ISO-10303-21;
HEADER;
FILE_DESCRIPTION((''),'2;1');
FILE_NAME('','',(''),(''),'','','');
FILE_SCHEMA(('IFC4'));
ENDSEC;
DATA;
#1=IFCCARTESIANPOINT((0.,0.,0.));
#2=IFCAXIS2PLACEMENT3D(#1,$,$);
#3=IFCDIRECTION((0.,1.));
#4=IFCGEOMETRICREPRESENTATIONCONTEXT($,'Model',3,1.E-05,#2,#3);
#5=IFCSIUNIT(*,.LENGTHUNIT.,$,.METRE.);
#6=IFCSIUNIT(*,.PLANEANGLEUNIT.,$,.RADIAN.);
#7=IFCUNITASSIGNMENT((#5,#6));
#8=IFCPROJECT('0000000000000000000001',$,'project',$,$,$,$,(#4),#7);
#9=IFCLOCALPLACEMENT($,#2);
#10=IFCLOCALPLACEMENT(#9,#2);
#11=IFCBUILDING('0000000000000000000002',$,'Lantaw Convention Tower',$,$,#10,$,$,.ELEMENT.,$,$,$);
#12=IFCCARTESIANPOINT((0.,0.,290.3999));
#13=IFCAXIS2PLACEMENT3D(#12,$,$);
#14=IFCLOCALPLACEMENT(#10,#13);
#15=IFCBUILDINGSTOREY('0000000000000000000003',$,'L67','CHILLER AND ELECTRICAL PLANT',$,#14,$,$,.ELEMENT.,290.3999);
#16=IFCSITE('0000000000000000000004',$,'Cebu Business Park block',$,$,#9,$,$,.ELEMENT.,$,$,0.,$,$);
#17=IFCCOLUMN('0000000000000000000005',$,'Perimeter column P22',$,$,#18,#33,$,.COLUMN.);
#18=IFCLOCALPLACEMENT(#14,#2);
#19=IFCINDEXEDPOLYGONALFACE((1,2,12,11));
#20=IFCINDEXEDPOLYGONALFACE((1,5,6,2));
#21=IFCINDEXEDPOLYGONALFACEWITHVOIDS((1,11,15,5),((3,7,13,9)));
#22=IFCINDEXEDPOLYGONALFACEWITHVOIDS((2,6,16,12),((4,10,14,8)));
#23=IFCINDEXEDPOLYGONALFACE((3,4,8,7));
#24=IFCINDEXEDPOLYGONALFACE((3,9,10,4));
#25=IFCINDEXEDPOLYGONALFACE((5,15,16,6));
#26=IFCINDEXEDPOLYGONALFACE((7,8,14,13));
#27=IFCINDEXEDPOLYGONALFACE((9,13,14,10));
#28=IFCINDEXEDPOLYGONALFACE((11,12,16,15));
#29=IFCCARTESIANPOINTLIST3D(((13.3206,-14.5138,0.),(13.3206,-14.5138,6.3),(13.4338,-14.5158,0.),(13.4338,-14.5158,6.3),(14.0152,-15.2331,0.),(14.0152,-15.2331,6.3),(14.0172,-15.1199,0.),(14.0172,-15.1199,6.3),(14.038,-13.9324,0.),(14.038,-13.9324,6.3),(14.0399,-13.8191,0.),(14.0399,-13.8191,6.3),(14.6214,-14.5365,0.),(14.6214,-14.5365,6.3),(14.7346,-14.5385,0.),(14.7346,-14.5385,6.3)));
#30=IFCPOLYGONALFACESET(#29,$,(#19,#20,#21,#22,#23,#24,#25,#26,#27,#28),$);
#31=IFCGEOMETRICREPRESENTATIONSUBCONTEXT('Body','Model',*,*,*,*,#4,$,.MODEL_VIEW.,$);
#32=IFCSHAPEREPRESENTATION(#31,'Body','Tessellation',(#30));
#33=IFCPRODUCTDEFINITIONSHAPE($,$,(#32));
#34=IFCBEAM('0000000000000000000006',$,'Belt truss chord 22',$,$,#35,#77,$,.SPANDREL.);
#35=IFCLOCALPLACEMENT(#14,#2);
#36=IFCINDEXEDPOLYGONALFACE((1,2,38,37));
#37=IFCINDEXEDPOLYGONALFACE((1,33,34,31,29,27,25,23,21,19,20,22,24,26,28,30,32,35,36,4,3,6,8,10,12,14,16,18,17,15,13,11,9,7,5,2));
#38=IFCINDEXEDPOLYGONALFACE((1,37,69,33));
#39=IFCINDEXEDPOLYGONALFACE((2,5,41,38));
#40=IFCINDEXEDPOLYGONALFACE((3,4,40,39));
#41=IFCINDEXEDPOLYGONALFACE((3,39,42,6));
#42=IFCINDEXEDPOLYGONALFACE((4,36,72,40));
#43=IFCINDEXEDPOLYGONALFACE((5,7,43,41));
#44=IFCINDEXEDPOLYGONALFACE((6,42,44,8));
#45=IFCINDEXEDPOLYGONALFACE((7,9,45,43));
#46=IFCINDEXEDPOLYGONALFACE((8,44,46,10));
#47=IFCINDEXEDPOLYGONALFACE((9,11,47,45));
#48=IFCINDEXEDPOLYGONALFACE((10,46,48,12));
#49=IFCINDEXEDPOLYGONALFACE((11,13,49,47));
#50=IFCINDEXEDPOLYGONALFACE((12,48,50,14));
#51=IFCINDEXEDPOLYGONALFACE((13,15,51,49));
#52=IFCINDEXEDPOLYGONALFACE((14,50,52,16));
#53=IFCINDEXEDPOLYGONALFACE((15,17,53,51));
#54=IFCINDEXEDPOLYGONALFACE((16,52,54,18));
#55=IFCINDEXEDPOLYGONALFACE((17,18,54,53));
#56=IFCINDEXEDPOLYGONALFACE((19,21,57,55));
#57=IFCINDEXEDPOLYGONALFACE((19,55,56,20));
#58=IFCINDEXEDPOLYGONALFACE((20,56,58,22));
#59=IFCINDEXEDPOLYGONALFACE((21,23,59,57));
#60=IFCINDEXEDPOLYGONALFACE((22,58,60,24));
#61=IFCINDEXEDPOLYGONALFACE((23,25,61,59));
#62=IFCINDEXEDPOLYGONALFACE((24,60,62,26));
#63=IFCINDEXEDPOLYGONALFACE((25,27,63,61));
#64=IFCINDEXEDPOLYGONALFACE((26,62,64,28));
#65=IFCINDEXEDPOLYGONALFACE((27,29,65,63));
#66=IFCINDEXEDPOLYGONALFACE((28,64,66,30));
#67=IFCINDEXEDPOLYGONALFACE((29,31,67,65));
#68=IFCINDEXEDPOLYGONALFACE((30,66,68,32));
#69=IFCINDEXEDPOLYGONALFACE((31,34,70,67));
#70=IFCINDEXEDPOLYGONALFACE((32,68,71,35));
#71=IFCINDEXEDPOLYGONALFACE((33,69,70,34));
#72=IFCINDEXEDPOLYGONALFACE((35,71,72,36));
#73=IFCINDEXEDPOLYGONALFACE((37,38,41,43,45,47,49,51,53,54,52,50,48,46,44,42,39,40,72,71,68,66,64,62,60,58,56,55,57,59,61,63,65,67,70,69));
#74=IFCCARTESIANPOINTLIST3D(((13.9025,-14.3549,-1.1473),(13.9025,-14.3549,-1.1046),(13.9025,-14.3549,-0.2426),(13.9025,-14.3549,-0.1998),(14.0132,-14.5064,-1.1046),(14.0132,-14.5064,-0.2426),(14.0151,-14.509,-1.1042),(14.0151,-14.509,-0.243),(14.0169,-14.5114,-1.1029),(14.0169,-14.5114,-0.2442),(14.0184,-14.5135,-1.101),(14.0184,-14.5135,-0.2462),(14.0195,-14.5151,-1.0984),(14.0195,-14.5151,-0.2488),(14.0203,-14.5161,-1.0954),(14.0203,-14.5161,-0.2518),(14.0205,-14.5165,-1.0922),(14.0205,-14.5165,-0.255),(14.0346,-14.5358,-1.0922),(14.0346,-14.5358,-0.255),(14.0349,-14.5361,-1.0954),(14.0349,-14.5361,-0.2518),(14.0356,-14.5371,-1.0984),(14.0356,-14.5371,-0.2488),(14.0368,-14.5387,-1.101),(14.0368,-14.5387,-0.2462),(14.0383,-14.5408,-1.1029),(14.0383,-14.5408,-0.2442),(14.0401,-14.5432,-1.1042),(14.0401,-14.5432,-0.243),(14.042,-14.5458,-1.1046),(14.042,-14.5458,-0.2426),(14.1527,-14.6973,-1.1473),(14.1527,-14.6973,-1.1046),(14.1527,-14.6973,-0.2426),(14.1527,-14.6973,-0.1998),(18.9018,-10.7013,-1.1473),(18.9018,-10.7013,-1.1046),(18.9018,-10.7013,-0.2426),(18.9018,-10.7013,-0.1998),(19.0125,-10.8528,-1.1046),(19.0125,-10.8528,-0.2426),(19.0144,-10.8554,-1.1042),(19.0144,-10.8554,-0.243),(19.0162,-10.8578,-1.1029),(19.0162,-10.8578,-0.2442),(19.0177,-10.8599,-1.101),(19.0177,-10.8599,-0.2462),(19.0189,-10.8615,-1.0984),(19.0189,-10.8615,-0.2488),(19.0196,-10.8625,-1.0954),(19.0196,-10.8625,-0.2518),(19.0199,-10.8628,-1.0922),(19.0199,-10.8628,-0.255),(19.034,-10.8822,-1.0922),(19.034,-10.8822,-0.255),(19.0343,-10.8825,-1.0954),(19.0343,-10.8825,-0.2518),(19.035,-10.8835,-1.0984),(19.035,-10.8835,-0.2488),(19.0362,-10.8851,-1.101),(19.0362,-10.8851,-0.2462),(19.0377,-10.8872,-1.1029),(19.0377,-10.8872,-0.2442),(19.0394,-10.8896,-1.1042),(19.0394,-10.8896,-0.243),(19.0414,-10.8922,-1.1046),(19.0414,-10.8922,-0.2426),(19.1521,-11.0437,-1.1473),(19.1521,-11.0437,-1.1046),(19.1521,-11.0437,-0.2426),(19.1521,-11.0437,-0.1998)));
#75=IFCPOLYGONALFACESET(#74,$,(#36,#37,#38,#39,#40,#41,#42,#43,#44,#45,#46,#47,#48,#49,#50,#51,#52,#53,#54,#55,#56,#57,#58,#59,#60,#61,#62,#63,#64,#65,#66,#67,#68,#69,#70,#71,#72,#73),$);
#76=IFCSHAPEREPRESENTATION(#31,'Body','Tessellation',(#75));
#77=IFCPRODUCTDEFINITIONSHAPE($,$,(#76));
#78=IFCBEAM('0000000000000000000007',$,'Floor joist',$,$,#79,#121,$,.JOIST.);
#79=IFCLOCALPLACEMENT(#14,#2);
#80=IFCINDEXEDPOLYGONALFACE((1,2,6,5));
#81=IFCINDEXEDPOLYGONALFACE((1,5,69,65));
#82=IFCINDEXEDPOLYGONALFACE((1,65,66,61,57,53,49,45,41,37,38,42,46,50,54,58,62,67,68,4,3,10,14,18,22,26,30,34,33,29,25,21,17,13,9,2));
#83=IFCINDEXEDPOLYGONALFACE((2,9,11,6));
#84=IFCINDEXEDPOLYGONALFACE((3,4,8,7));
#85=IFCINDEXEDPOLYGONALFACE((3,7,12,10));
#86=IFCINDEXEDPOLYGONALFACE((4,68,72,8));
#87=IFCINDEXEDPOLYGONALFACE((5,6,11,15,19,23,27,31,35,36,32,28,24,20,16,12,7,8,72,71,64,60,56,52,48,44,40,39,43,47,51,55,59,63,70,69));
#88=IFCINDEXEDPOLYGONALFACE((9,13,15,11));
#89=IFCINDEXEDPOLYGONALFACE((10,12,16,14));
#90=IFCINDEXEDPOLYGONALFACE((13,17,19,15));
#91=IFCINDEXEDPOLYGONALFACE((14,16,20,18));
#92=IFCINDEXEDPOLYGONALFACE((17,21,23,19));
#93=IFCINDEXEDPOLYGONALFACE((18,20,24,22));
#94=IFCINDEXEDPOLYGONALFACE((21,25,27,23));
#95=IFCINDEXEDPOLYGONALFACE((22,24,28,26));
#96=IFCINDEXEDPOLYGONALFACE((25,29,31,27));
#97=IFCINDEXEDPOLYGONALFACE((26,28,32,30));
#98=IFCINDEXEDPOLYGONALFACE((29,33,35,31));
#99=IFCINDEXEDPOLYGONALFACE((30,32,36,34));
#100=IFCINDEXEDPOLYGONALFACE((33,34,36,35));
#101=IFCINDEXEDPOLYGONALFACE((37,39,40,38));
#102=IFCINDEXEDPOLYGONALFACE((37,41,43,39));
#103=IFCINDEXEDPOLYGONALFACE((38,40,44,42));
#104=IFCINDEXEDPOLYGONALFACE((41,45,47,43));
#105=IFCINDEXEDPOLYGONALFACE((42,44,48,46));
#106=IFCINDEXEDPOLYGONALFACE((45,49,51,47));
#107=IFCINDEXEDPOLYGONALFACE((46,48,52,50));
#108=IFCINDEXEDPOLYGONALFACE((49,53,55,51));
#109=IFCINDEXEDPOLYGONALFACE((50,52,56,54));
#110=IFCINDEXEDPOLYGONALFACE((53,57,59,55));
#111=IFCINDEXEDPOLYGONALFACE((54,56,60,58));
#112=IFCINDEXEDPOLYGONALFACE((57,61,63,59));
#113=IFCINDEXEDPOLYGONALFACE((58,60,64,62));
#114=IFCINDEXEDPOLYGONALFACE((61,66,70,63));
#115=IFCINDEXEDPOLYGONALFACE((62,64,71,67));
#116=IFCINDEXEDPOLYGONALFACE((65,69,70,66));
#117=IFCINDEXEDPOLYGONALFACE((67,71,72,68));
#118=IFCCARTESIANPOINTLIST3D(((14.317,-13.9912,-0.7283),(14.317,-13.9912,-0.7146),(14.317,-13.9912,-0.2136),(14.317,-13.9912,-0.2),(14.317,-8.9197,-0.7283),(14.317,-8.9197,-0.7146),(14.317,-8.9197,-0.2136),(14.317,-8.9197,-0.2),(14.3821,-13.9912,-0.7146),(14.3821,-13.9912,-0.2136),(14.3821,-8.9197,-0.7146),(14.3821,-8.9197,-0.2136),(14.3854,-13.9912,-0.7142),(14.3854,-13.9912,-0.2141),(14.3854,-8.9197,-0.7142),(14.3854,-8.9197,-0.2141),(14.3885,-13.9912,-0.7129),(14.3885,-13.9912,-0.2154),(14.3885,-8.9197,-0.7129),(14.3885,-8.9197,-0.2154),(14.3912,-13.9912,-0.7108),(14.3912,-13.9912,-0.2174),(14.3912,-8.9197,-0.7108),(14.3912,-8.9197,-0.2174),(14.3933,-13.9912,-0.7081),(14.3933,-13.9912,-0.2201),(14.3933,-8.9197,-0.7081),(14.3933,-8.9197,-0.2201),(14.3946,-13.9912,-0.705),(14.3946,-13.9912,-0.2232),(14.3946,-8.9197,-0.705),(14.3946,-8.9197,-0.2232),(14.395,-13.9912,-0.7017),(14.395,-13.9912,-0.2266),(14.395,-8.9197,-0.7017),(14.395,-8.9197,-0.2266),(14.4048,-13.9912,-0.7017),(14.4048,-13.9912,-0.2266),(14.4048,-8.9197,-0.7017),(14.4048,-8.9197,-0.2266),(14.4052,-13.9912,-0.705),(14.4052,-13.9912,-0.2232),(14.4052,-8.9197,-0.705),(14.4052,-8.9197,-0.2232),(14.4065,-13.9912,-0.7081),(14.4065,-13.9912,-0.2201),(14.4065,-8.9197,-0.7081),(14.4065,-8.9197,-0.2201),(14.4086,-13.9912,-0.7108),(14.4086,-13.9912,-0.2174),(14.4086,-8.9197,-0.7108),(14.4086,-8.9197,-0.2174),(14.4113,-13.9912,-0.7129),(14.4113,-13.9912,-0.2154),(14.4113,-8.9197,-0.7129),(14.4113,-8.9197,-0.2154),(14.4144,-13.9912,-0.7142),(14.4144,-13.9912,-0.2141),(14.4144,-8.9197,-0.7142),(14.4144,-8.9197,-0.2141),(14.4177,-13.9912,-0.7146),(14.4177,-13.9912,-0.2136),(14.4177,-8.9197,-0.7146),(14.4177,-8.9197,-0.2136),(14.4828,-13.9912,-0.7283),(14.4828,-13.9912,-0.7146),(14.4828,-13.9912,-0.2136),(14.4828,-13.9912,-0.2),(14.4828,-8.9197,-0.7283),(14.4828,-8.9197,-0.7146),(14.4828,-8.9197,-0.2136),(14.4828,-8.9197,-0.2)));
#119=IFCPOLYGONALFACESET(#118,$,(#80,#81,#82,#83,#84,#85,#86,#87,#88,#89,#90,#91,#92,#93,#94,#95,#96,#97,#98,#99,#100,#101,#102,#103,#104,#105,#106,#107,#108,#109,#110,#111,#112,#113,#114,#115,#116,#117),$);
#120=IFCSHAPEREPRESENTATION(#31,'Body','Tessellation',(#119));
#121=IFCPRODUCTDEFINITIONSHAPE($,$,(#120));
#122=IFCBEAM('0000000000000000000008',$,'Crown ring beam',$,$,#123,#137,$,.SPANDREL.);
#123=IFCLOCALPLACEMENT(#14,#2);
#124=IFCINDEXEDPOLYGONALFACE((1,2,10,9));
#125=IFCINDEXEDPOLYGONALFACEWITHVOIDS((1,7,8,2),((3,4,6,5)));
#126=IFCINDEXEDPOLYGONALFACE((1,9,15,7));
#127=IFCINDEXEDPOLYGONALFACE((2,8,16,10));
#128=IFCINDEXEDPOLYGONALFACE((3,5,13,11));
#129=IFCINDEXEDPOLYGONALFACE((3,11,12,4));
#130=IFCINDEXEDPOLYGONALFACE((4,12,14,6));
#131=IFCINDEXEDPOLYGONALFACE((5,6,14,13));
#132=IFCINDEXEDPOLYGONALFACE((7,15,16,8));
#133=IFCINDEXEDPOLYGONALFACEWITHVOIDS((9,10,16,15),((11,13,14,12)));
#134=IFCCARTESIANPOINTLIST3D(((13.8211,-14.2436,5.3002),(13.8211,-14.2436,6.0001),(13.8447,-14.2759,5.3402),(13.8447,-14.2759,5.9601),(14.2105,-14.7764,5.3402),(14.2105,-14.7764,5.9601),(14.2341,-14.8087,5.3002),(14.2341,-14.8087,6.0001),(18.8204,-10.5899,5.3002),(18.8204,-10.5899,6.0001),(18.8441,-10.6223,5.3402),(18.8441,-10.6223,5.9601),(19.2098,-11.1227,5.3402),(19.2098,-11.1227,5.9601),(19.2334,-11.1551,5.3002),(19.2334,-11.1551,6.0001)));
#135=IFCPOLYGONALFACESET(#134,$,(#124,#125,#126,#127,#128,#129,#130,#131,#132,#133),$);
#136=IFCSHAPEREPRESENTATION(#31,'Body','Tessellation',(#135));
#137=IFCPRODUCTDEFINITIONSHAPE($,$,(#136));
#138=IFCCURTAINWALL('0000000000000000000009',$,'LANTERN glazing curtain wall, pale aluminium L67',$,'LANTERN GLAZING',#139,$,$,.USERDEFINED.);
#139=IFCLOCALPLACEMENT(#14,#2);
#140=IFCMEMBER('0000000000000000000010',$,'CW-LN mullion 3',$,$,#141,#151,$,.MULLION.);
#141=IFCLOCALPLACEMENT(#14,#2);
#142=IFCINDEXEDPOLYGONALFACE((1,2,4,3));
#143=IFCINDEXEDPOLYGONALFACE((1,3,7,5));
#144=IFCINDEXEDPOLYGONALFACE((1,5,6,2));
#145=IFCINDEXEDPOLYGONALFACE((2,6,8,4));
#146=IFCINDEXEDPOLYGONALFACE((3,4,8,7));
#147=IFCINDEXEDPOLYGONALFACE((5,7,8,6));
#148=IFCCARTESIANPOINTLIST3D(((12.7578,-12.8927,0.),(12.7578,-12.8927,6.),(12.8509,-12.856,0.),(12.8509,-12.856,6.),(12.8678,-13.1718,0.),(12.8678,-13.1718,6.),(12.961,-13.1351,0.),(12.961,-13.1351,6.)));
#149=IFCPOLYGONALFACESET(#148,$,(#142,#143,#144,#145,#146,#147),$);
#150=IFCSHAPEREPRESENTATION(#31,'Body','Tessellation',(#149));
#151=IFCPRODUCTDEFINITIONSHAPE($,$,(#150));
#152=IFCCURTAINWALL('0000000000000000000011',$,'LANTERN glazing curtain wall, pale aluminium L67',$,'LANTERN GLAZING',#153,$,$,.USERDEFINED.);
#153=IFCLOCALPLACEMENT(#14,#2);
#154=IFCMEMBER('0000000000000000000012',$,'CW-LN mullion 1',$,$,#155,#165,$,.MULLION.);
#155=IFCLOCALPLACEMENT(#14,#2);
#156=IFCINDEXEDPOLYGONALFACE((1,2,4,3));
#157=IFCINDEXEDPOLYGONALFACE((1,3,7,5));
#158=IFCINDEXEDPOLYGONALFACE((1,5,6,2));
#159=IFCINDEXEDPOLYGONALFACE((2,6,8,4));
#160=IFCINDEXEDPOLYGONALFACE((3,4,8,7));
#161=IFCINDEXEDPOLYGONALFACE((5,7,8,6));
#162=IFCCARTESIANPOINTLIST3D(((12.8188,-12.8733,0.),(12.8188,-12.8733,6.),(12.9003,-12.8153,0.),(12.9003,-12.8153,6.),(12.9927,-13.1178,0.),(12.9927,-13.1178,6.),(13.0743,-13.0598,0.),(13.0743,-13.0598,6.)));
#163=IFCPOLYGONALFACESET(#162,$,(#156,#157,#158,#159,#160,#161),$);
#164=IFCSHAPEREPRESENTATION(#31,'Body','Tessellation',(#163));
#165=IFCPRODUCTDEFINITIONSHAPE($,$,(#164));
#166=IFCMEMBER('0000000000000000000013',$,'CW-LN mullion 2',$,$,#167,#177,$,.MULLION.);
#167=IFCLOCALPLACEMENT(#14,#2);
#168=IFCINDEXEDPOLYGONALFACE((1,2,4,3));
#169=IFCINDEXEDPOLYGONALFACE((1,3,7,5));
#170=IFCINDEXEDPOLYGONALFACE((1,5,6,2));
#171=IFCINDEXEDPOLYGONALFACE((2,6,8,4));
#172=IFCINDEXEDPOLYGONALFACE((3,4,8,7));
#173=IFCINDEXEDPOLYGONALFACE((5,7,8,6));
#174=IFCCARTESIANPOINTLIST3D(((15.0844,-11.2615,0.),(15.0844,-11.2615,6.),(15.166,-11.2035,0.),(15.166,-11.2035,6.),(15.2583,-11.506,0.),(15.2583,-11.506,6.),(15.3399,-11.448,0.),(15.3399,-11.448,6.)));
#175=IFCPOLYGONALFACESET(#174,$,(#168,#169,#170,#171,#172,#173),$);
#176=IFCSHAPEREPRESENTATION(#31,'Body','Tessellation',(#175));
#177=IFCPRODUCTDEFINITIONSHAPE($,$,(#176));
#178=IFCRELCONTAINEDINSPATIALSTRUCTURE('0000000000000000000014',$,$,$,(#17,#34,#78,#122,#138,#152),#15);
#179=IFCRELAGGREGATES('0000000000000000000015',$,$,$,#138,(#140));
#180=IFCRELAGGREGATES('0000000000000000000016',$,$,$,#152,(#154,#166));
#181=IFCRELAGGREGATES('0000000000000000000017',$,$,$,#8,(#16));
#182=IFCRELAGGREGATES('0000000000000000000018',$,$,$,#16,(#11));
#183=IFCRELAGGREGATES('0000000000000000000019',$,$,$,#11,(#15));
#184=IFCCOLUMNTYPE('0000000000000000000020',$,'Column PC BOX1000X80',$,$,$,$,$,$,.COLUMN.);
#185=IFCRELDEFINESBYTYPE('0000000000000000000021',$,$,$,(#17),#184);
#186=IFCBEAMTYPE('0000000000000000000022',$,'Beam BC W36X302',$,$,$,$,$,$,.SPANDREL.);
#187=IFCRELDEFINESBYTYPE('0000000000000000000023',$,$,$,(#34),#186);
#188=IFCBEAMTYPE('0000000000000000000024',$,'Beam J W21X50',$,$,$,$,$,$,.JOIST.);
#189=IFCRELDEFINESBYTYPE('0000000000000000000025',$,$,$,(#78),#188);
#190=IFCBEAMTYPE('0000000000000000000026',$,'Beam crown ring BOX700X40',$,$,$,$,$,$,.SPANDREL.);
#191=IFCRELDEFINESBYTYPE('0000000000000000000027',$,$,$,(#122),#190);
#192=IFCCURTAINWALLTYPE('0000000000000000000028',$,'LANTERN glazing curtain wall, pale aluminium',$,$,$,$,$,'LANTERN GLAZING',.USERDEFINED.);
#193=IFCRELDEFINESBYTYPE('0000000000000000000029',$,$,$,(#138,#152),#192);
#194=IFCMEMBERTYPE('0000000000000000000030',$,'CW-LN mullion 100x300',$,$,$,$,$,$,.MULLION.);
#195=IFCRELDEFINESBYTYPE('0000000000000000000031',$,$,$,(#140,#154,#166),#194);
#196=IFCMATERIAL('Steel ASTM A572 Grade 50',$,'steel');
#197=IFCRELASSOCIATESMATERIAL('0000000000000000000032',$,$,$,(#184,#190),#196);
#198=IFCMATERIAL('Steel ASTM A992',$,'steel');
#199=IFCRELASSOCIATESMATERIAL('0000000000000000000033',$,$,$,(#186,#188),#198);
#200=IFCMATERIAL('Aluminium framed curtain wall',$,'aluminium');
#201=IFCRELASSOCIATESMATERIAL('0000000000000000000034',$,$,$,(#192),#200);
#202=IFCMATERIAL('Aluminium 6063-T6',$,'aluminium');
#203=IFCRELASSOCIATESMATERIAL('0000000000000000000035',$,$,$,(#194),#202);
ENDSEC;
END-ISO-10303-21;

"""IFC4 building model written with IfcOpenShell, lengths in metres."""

from ifc_helpers import new_model, si_unit, direction, frame, origin, origin_2d, place, context, subcontext, project, spatial, rectangle, hollow_rectangle, i_section, extrude, material, material_profile, profile_set, type_object, element, aggregate, save


model = new_model("IFC4")

# Units and contexts
model_context = context("Model", 3, precision=1e-05, world=origin(), true_north=direction((0.0, 1.0)))
body_context = subcontext(model_context, "Body", "Model", "MODEL_VIEW")
ifc_project = project(units=[si_unit("LENGTHUNIT", "METRE"), si_unit("PLANEANGLEUNIT", "RADIAN")], contexts=[model_context])

# Site, building, storey
site_placement = place(None, origin())
site = spatial("IfcSite", under=ifc_project, at=site_placement, Name="Cebu Business Park block", CompositionType="ELEMENT", RefElevation=0.0)
building_placement = place(site_placement, origin())
building = spatial("IfcBuilding", under=site, at=building_placement, Name="Lantaw Convention Tower", CompositionType="ELEMENT")
storey_placement = place(building_placement, frame((0.0, 0.0, 290.3999)))
storey = spatial("IfcBuildingStorey", under=building, at=storey_placement, Name="L67", Description="CHILLER AND ELECTRICAL PLANT", CompositionType="ELEMENT", Elevation=290.3999)

# Column
ifc_material_1 = material(Name="Steel ASTM A572 Grade 50", Category="steel")
ifc_material_profile_1 = material_profile(ifc_material_1, hollow_rectangle(XDim=1.0, YDim=1.0, WallThickness=0.0801, at=origin_2d()), Name="BOX1000X80")
ifc_material_2 = material(Name="Concrete C60/75", Category="concrete")
ifc_material_profile_2 = material_profile(ifc_material_2, rectangle(XDim=0.8401, YDim=0.8401, at=origin_2d()), Name="Concrete fill of BOX1000X80")
ifc_profile_set_1 = profile_set([ifc_material_profile_1, ifc_material_profile_2], Name="Steel ASTM A572 Grade 50")
column_type = type_object("IfcColumnType", Name="Column PC BOX1000X80", PredefinedType="COLUMN", material=ifc_profile_set_1)
column_placement = place(storey_placement, frame((14.0276, -14.5261, 0.0), z_axis=(0.0, 0.0, 1.0), x_axis=(0.71934, 0.694658, 0.0)))
element("IfcColumn", 1, at=column_placement, inside=storey, type_object=column_type, Name="Perimeter column P22", PredefinedType="COLUMN", context=body_context, shape_type="SweptSolid", body=[
    extrude(hollow_rectangle(XDim=1.0, YDim=1.0, WallThickness=0.0801, at=origin_2d()), origin(), (0.0, 0.0, 1.0), 6.3),
])

# Beams
ifc_material_3 = material(Name="Steel ASTM A992", Category="steel")
ifc_material_profile_3 = material_profile(ifc_material_3, i_section(OverallWidth=0.4241, OverallDepth=0.9475, WebThickness=0.0239, FlangeThickness=0.0427, FilletRadius=0.0125, at=origin_2d()), Name="W36X302")
ifc_profile_set_2 = profile_set([ifc_material_profile_3], Name="Steel ASTM A992")
beam_type_1 = type_object("IfcBeamType", Name="Beam BC W36X302", PredefinedType="SPANDREL", material=ifc_profile_set_2)
beam_1_placement = place(storey_placement, frame((14.0276, -14.5261, -0.6736), z_axis=(0.807372, 0.590043, 0.0), x_axis=(-0.590043, 0.807372, 0.0)))
element("IfcBeam", 2, at=beam_1_placement, inside=storey, type_object=beam_type_1, Name="Belt truss chord 22", PredefinedType="SPANDREL", context=body_context, shape_type="SweptSolid", body=[
    extrude(i_section(OverallWidth=0.4241, OverallDepth=0.9475, WebThickness=0.0239, FlangeThickness=0.0427, FilletRadius=0.0125, at=origin_2d()), origin(), (0.0, 0.0, 1.0), 6.1921),
])
ifc_material_profile_4 = material_profile(ifc_material_3, i_section(OverallWidth=0.1658, OverallDepth=0.5283, WebThickness=0.0098, FlangeThickness=0.0137, FilletRadius=0.0129, at=origin_2d()), Name="W21X50")
ifc_profile_set_3 = profile_set([ifc_material_profile_4], Name="Steel ASTM A992")
beam_type_2 = type_object("IfcBeamType", Name="Beam J W21X50", PredefinedType="JOIST", material=ifc_profile_set_3)
beam_2_placement = place(storey_placement, frame((14.3999, -13.9912, -0.4641), z_axis=(0.0, 1.0, 0.0), x_axis=(-1.0, 0.0, 0.0)))
element("IfcBeam", 3, at=beam_2_placement, inside=storey, type_object=beam_type_2, Name="Floor joist", PredefinedType="JOIST", context=body_context, shape_type="SweptSolid", body=[
    extrude(i_section(OverallWidth=0.1658, OverallDepth=0.5283, WebThickness=0.0098, FlangeThickness=0.0137, FilletRadius=0.0129, at=origin_2d()), origin(), (0.0, 0.0, 1.0), 5.0715),
])
ifc_material_profile_5 = material_profile(ifc_material_1, hollow_rectangle(XDim=0.7, YDim=0.7, WallThickness=0.04, at=origin_2d()), Name="BOX700X40")
ifc_profile_set_4 = profile_set([ifc_material_profile_5], Name="Steel ASTM A572 Grade 50")
beam_type_3 = type_object("IfcBeamType", Name="Beam crown ring BOX700X40", PredefinedType="SPANDREL", material=ifc_profile_set_4)
beam_3_placement = place(storey_placement, frame((14.0276, -14.5261, 5.6501), z_axis=(0.807372, 0.590043, 0.0), x_axis=(-0.590043, 0.807372, 0.0)))
element("IfcBeam", 4, at=beam_3_placement, inside=storey, type_object=beam_type_3, Name="Crown ring beam", PredefinedType="SPANDREL", context=body_context, shape_type="SweptSolid", body=[
    extrude(hollow_rectangle(XDim=0.7, YDim=0.7, WallThickness=0.04, at=origin_2d()), origin(), (0.0, 0.0, 1.0), 6.1921),
])

# Curtain wall, member
ifc_material_4 = material(Name="Aluminium framed curtain wall", Category="aluminium")
curtain_wall_type_1 = type_object("IfcCurtainWallType", Name="LANTERN glazing curtain wall, pale aluminium", ElementType="LANTERN GLAZING", PredefinedType="USERDEFINED", material=ifc_material_4)
curtain_wall_1_placement = place(storey_placement, origin())
curtain_wall_1 = element("IfcCurtainWall", 5, at=curtain_wall_1_placement, inside=storey, type_object=curtain_wall_type_1, Name="LANTERN glazing curtain wall, pale aluminium L67", ObjectType="LANTERN GLAZING", PredefinedType="USERDEFINED")
ifc_material_5 = material(Name="Aluminium 6063-T6", Category="aluminium")
ifc_material_profile_6 = material_profile(ifc_material_5, rectangle(XDim=0.3, YDim=0.1001, at=origin_2d()), Name="CW-LN mullion 100x300")
ifc_profile_set_5 = profile_set([ifc_material_profile_6], Name="Aluminium 6063-T6")
member_type_1 = type_object("IfcMemberType", Name="CW-LN mullion 100x300", PredefinedType="MULLION", material=ifc_profile_set_5)
member_1_placement = place(storey_placement, frame((12.8594, -13.0139, 0.0), z_axis=(0.0, 0.0, 1.0), x_axis=(-0.366802, 0.930299, 0.0)))
member_1 = element("IfcMember", 6, at=member_1_placement, type_object=member_type_1, Name="CW-LN mullion 3", PredefinedType="MULLION", context=body_context, shape_type="SweptSolid", body=[
    extrude(rectangle(XDim=0.3, YDim=0.1001, at=origin_2d()), origin(), (0.0, 0.0, 1.0), 6.0),
])
aggregate(curtain_wall_1, [member_1])

# Curtain wall, members
curtain_wall_2_placement = place(storey_placement, origin())
curtain_wall_2 = element("IfcCurtainWall", 7, at=curtain_wall_2_placement, inside=storey, type_object=curtain_wall_type_1, Name="LANTERN glazing curtain wall, pale aluminium L67", ObjectType="LANTERN GLAZING", PredefinedType="USERDEFINED")
member_2_placement = place(storey_placement, frame((12.9465, -12.9666, 0.0), z_axis=(0.0, 0.0, 1.0), x_axis=(-0.579684, 0.814841, 0.0)))
member_2 = element("IfcMember", 8, at=member_2_placement, type_object=member_type_1, Name="CW-LN mullion 1", PredefinedType="MULLION", context=body_context, shape_type="SweptSolid", body=[
    extrude(rectangle(XDim=0.3, YDim=0.1001, at=origin_2d()), origin(), (0.0, 0.0, 1.0), 6.0),
])
member_3_placement = place(storey_placement, frame((15.2122, -11.3547, 0.0), z_axis=(0.0, 0.0, 1.0), x_axis=(-0.579684, 0.814841, 0.0)))
member_3 = element("IfcMember", 9, at=member_3_placement, type_object=member_type_1, Name="CW-LN mullion 2", PredefinedType="MULLION", context=body_context, shape_type="SweptSolid", body=[
    extrude(rectangle(XDim=0.3, YDim=0.1001, at=origin_2d()), origin(), (0.0, 0.0, 1.0), 6.0),
])

aggregate(curtain_wall_2, [member_2, member_3])

save(model, "model.ifc")
